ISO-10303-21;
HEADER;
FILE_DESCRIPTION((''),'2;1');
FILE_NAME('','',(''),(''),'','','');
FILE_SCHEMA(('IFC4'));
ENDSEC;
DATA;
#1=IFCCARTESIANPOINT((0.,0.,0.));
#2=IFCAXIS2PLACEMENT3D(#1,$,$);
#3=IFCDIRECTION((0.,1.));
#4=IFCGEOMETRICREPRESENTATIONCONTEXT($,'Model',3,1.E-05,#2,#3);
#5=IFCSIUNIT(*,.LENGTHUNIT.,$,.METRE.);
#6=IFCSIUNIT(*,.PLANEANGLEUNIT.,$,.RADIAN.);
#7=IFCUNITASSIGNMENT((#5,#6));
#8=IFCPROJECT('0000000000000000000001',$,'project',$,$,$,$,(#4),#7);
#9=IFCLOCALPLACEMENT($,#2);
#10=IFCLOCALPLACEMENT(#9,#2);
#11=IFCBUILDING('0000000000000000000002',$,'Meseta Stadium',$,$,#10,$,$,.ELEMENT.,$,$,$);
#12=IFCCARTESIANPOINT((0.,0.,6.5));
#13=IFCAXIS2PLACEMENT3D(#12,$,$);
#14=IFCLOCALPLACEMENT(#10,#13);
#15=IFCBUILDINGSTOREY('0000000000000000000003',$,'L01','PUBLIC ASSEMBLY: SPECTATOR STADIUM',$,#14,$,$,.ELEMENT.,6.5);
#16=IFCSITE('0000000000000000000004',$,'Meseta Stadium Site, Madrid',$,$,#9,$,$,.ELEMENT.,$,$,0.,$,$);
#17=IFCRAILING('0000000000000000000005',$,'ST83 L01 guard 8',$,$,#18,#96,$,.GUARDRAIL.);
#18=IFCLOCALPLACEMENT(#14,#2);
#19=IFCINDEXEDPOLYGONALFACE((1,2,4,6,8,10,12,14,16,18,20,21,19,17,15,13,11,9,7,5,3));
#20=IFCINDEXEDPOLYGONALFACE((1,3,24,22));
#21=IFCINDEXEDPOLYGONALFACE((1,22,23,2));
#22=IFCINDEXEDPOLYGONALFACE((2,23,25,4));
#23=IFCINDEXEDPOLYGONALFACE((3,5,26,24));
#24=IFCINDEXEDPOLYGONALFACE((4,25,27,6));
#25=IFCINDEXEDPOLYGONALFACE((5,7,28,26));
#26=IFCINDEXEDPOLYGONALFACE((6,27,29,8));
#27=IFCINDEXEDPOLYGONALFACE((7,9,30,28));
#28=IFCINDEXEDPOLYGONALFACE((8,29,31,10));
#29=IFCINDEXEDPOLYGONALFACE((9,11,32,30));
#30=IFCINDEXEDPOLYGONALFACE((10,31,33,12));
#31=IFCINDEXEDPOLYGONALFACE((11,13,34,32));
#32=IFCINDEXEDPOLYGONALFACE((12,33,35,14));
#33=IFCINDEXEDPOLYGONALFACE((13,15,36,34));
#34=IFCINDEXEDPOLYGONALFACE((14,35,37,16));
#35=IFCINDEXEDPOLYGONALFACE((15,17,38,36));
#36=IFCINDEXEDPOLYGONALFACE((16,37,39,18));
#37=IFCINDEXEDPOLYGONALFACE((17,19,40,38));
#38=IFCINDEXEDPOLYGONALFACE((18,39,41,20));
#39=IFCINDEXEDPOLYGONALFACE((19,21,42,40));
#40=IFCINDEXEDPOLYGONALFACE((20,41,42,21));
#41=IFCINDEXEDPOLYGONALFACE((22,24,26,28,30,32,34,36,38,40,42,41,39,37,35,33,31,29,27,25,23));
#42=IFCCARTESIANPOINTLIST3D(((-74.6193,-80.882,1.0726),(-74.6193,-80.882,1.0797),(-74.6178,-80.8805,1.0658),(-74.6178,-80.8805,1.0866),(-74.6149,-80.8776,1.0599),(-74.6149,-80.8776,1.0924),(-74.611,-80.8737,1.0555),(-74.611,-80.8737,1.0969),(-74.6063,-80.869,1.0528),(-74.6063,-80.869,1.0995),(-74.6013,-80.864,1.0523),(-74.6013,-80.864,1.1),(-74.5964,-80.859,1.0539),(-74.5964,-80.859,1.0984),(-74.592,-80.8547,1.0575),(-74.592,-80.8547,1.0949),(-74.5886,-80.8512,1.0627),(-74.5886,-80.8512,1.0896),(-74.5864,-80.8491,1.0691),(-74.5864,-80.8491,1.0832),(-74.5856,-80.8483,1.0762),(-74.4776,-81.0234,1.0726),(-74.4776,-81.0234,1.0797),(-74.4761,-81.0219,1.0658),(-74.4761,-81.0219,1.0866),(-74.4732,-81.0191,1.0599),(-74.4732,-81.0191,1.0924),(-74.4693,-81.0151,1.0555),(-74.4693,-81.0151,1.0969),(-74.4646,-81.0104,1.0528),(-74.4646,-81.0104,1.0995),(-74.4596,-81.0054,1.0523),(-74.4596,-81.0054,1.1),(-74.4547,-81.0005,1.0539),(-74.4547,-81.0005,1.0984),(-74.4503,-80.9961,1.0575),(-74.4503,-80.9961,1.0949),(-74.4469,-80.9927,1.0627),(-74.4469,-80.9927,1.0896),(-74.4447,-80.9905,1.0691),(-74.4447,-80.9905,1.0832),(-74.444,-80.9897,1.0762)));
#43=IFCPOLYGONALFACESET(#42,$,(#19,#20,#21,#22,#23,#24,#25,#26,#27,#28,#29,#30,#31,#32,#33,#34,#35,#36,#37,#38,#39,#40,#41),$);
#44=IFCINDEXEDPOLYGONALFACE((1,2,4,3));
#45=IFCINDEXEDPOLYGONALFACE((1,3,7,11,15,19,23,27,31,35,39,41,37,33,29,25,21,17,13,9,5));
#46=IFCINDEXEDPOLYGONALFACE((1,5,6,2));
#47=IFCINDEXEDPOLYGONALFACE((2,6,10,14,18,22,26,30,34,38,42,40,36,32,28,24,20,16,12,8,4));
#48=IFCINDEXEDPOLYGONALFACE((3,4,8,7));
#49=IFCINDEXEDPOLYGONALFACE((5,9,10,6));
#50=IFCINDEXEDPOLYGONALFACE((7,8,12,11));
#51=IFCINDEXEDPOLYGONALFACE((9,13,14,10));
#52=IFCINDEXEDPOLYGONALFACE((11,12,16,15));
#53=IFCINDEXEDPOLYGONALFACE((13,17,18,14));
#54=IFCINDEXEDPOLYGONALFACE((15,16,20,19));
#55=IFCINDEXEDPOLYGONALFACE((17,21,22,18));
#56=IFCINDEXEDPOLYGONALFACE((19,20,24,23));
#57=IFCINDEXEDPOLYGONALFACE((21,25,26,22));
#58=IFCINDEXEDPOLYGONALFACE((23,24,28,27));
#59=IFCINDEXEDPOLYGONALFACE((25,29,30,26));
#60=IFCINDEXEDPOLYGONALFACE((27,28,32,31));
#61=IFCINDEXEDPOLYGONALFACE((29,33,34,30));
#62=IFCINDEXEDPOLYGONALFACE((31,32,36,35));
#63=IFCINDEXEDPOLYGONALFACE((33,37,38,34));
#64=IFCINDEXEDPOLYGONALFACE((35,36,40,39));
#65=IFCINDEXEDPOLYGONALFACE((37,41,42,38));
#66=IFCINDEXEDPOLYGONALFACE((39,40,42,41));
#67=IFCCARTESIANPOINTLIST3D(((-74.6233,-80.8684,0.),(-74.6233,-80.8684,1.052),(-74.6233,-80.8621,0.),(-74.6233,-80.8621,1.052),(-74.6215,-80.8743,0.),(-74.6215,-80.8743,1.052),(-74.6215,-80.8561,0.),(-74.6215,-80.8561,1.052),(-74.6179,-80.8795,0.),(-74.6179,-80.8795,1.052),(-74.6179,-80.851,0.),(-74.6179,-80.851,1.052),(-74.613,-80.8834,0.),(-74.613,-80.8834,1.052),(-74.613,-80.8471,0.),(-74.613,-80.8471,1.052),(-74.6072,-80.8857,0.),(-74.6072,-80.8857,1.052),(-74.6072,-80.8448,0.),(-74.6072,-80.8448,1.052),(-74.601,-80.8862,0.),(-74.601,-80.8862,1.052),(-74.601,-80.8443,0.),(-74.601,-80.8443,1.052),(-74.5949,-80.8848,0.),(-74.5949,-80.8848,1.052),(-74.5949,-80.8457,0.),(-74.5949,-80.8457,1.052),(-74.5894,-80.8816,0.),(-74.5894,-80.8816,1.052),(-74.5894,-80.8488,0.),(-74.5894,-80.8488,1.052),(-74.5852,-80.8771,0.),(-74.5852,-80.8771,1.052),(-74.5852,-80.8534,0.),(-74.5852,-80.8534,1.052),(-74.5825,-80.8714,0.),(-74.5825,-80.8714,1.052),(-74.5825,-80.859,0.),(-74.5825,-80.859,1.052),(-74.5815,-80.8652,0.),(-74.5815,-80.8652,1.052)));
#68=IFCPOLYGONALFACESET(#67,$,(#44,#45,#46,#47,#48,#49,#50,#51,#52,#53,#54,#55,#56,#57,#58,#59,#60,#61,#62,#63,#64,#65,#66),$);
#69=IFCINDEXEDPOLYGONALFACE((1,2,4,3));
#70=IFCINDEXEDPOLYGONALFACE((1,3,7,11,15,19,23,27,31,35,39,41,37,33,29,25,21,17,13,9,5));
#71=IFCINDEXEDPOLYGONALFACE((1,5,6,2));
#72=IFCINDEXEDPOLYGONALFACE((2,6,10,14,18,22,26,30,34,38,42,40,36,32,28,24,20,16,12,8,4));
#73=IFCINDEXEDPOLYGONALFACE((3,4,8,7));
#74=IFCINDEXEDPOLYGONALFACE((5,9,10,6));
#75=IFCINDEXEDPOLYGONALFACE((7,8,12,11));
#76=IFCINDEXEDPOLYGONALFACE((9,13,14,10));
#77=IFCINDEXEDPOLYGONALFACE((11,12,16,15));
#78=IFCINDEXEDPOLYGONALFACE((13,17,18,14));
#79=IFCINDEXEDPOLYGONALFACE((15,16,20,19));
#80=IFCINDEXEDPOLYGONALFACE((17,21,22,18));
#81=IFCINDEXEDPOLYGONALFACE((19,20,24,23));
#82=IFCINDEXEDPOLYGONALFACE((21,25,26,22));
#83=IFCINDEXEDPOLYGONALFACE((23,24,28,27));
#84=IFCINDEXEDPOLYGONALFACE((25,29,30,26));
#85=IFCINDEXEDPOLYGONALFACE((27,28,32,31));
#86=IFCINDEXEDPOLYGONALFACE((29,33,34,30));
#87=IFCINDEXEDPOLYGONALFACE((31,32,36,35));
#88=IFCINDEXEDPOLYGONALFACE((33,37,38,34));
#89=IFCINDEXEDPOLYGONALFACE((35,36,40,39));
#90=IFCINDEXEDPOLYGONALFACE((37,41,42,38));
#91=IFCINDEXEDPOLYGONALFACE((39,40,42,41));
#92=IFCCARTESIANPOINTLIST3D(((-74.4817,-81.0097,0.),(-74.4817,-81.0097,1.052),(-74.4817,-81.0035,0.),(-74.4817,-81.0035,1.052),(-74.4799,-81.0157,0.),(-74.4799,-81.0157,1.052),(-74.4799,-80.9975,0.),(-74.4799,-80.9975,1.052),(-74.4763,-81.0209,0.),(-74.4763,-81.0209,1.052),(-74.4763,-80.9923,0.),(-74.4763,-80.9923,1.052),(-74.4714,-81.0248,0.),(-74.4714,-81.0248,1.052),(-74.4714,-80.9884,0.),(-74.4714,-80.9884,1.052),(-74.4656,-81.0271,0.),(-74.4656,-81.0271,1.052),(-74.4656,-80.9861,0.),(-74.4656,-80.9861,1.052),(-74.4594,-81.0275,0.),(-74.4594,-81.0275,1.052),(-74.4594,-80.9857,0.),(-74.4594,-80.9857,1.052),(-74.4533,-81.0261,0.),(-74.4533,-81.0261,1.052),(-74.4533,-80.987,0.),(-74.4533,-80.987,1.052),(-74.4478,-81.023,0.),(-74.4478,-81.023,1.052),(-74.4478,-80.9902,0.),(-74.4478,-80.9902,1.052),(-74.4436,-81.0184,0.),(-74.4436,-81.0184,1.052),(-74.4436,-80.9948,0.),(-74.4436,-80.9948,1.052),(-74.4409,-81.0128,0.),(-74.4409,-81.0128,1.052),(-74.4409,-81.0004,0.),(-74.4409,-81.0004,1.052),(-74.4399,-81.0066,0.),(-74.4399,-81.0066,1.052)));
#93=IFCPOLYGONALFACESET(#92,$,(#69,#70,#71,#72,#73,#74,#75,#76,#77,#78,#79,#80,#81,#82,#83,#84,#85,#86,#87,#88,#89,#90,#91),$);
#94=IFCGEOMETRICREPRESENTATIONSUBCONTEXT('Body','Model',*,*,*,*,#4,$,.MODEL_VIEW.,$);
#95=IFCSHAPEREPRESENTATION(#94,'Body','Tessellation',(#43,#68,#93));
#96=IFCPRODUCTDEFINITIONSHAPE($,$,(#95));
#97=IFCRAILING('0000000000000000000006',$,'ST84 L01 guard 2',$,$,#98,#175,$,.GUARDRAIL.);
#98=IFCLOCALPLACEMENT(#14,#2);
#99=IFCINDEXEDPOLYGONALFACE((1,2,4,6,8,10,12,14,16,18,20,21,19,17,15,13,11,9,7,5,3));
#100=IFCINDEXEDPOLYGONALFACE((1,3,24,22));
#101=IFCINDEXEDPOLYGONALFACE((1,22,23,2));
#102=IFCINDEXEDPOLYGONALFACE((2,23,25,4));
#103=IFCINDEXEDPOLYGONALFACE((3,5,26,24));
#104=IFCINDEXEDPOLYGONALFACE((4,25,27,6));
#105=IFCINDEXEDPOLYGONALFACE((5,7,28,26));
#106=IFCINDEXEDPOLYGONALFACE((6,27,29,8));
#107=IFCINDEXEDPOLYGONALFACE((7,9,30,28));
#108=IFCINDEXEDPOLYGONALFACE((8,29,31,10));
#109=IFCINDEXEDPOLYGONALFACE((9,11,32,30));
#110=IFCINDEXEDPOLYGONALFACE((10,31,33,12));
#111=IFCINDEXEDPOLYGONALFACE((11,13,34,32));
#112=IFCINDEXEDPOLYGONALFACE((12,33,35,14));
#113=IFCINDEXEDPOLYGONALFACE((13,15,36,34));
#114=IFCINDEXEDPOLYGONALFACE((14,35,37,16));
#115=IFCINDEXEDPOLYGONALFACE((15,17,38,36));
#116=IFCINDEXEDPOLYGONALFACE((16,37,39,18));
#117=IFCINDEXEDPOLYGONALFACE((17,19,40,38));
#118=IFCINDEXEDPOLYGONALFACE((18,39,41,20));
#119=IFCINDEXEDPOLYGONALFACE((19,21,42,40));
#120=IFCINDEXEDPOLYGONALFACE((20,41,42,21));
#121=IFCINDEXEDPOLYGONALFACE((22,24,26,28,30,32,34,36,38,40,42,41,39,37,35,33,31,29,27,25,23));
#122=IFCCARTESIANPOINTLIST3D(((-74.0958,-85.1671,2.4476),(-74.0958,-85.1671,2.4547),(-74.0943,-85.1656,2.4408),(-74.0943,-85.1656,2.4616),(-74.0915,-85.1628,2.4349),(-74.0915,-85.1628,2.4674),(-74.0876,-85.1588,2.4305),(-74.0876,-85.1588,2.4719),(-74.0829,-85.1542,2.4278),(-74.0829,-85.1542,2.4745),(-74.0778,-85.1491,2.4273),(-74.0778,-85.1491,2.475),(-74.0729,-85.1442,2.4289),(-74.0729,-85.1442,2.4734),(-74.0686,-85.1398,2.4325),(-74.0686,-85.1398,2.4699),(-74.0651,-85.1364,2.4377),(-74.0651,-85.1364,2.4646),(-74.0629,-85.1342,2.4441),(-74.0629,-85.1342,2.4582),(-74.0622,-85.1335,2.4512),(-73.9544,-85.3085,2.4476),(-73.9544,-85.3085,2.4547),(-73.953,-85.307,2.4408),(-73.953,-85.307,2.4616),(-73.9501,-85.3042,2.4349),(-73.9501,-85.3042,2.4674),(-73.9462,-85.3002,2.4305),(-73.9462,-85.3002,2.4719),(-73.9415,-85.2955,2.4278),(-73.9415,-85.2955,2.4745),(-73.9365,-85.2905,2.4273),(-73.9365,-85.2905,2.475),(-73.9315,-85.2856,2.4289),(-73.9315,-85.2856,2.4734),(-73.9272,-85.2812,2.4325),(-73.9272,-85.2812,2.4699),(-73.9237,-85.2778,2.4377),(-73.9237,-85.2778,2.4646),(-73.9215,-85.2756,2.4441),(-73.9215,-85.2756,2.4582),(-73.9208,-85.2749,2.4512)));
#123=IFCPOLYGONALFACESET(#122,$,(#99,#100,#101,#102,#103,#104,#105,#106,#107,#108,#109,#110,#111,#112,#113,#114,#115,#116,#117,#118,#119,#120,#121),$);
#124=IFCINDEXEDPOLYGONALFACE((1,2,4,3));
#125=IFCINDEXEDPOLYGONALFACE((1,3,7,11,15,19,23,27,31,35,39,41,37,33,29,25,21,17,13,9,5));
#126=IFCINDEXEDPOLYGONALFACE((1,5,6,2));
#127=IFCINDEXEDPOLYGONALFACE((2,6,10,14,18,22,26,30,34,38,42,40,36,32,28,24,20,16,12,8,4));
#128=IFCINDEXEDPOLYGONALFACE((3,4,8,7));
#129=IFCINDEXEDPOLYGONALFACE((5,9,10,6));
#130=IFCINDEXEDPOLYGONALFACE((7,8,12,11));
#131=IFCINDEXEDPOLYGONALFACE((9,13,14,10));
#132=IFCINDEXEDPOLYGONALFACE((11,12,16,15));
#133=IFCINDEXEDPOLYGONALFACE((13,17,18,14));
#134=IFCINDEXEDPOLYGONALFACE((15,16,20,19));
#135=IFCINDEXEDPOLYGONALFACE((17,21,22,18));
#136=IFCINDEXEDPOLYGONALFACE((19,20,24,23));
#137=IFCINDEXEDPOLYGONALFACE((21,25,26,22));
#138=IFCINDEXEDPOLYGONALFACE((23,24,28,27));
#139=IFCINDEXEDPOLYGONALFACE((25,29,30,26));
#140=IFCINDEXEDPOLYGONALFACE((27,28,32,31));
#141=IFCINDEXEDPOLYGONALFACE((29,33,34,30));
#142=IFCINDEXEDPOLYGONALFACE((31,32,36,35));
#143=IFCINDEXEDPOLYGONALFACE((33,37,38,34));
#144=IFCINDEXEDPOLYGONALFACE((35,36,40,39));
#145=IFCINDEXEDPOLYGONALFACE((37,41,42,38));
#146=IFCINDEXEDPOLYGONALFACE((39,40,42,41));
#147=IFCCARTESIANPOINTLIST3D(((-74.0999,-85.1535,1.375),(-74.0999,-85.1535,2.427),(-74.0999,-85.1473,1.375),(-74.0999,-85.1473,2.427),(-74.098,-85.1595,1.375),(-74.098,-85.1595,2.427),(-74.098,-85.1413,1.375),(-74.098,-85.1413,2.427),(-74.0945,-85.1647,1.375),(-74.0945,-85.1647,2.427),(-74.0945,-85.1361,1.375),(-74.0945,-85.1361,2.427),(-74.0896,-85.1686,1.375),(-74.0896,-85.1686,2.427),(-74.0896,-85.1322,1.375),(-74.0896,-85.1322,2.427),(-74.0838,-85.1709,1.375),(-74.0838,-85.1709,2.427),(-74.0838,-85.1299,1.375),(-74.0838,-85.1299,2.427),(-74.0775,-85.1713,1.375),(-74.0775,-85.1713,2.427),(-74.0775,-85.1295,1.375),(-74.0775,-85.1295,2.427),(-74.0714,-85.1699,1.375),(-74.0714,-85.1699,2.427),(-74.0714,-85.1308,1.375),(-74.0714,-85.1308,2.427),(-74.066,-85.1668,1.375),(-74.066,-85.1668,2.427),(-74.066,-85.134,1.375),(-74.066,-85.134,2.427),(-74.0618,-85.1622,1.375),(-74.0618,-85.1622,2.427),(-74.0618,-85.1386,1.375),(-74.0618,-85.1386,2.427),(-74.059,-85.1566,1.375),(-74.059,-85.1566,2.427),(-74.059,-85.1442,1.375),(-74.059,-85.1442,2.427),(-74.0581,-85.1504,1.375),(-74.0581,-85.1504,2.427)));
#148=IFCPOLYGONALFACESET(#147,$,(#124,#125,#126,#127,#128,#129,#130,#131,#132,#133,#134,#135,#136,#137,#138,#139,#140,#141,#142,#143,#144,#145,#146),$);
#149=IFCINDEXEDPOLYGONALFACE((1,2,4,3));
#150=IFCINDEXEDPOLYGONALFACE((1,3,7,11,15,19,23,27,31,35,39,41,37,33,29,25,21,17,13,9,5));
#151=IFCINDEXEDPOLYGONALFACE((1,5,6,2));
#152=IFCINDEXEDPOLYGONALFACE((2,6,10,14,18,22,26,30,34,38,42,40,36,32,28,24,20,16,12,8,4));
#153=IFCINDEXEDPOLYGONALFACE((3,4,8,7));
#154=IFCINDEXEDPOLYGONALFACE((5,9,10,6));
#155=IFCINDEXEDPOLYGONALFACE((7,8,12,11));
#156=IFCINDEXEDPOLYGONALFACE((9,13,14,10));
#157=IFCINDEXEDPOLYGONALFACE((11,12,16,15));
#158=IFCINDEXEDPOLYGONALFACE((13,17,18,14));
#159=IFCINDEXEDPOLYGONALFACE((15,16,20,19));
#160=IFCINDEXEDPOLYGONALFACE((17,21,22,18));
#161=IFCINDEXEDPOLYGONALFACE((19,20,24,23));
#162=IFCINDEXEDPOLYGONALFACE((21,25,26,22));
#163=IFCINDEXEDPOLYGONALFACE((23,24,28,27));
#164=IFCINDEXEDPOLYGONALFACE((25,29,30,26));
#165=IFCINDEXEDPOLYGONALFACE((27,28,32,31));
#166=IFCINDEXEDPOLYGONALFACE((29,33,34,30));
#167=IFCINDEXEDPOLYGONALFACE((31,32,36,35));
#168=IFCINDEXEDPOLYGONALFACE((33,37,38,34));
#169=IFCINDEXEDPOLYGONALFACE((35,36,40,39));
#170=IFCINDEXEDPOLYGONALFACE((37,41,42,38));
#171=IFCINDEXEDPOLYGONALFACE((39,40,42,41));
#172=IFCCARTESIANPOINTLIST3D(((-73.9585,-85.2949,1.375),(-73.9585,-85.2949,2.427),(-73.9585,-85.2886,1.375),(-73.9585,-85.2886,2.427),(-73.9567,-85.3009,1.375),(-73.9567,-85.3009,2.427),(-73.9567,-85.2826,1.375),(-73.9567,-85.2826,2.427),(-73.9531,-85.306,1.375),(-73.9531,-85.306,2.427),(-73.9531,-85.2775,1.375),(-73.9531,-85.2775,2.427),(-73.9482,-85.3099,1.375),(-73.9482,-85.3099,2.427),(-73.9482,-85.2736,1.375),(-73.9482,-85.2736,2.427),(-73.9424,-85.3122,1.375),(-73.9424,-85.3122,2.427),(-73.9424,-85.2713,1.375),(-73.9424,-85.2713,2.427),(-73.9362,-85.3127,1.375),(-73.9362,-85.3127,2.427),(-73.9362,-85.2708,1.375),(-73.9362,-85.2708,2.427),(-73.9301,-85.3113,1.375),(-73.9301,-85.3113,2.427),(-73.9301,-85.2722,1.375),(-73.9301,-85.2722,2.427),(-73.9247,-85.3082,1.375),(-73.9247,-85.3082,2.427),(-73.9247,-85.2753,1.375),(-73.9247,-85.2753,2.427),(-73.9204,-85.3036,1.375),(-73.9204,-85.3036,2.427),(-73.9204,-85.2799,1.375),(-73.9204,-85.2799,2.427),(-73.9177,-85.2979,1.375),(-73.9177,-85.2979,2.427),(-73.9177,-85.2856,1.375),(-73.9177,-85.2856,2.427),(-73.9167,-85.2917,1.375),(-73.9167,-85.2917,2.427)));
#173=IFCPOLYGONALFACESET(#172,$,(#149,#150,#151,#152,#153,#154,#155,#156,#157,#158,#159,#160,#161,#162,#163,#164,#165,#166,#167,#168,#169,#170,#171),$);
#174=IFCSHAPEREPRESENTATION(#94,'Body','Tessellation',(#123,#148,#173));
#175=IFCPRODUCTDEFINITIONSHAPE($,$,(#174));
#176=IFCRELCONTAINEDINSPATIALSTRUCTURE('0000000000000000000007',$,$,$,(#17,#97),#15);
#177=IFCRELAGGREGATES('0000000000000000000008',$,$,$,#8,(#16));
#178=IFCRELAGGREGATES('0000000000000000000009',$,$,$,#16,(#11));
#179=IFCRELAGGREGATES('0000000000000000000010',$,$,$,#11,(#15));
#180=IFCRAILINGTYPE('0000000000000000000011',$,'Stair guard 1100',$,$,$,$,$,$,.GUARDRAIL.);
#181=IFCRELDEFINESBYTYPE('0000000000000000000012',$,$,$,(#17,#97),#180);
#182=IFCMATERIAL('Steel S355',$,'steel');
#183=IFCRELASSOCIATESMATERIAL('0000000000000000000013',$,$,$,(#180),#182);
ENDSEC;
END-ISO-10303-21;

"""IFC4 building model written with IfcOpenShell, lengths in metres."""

from ifc_helpers import new_model, si_unit, direction, frame, origin, origin_2d, place, context, subcontext, project, spatial, circle, extrude, material, type_object, element, save


model = new_model("IFC4")

# Units and contexts
model_context = context("Model", 3, precision=1e-05, world=origin(), true_north=direction((0.0, 1.0)))
body_context = subcontext(model_context, "Body", "Model", "MODEL_VIEW")
ifc_project = project(units=[si_unit("LENGTHUNIT", "METRE"), si_unit("PLANEANGLEUNIT", "RADIAN")], contexts=[model_context])

# Site, building, storey
site_placement = place(None, origin())
site = spatial("IfcSite", under=ifc_project, at=site_placement, Name="Meseta Stadium Site, Madrid", CompositionType="ELEMENT", RefElevation=0.0)
building_placement = place(site_placement, origin())
building = spatial("IfcBuilding", under=site, at=building_placement, Name="Meseta Stadium", CompositionType="ELEMENT")
storey_placement = place(building_placement, frame((0.0, 0.0, 6.5)))
storey = spatial("IfcBuildingStorey", under=building, at=storey_placement, Name="L01", Description="PUBLIC ASSEMBLY: SPECTATOR STADIUM", CompositionType="ELEMENT", Elevation=6.5)

# Railings
ifc_material_1 = material(Name="Steel S355", Category="steel")
railing_type_1 = type_object("IfcRailingType", Name="Stair guard 1100", PredefinedType="GUARDRAIL", material=ifc_material_1)
railing_1_placement = place(storey_placement, frame((-74.6025, -80.8652, 0.0)))
element("IfcRailing", 1, at=railing_1_placement, inside=storey, type_object=railing_type_1, Name="ST83 L01 guard 8", PredefinedType="GUARDRAIL", context=body_context, shape_type="SweptSolid", body=[
    extrude(circle(Radius=0.0239, at=origin_2d()), frame((0.0, 0.0, 1.0762), z_axis=(0.707717, -0.706496, 0.0), x_axis=(0.706496, 0.707717, 0.0)), (0.0, 0.0, 1.0), 0.2002),
    extrude(circle(Radius=0.021, at=origin_2d()), origin(), (0.0, 0.0, 1.0), 1.052),
    extrude(circle(Radius=0.021, at=origin_2d()), frame((0.1416, -0.1414, 0.0)), (0.0, 0.0, 1.0), 1.052),
])
railing_2_placement = place(storey_placement, frame((-74.0791, -85.1504, 1.375)))
element("IfcRailing", 2, at=railing_2_placement, inside=storey, type_object=railing_type_1, Name="ST84 L01 guard 2", PredefinedType="GUARDRAIL", context=body_context, shape_type="SweptSolid", body=[
    extrude(circle(Radius=0.0239, at=origin_2d()), frame((0.0, 0.0, 1.0762), z_axis=(0.707107, -0.707107, 0.0), x_axis=(0.707107, 0.707107, 0.0)), (0.0, 0.0, 1.0), 0.2),
    extrude(circle(Radius=0.021, at=origin_2d()), origin(), (0.0, 0.0, 1.0), 1.052),
    extrude(circle(Radius=0.021, at=origin_2d()), frame((0.1414, -0.1414, 0.0)), (0.0, 0.0, 1.0), 1.052),
])

save(model, "model.ifc")
